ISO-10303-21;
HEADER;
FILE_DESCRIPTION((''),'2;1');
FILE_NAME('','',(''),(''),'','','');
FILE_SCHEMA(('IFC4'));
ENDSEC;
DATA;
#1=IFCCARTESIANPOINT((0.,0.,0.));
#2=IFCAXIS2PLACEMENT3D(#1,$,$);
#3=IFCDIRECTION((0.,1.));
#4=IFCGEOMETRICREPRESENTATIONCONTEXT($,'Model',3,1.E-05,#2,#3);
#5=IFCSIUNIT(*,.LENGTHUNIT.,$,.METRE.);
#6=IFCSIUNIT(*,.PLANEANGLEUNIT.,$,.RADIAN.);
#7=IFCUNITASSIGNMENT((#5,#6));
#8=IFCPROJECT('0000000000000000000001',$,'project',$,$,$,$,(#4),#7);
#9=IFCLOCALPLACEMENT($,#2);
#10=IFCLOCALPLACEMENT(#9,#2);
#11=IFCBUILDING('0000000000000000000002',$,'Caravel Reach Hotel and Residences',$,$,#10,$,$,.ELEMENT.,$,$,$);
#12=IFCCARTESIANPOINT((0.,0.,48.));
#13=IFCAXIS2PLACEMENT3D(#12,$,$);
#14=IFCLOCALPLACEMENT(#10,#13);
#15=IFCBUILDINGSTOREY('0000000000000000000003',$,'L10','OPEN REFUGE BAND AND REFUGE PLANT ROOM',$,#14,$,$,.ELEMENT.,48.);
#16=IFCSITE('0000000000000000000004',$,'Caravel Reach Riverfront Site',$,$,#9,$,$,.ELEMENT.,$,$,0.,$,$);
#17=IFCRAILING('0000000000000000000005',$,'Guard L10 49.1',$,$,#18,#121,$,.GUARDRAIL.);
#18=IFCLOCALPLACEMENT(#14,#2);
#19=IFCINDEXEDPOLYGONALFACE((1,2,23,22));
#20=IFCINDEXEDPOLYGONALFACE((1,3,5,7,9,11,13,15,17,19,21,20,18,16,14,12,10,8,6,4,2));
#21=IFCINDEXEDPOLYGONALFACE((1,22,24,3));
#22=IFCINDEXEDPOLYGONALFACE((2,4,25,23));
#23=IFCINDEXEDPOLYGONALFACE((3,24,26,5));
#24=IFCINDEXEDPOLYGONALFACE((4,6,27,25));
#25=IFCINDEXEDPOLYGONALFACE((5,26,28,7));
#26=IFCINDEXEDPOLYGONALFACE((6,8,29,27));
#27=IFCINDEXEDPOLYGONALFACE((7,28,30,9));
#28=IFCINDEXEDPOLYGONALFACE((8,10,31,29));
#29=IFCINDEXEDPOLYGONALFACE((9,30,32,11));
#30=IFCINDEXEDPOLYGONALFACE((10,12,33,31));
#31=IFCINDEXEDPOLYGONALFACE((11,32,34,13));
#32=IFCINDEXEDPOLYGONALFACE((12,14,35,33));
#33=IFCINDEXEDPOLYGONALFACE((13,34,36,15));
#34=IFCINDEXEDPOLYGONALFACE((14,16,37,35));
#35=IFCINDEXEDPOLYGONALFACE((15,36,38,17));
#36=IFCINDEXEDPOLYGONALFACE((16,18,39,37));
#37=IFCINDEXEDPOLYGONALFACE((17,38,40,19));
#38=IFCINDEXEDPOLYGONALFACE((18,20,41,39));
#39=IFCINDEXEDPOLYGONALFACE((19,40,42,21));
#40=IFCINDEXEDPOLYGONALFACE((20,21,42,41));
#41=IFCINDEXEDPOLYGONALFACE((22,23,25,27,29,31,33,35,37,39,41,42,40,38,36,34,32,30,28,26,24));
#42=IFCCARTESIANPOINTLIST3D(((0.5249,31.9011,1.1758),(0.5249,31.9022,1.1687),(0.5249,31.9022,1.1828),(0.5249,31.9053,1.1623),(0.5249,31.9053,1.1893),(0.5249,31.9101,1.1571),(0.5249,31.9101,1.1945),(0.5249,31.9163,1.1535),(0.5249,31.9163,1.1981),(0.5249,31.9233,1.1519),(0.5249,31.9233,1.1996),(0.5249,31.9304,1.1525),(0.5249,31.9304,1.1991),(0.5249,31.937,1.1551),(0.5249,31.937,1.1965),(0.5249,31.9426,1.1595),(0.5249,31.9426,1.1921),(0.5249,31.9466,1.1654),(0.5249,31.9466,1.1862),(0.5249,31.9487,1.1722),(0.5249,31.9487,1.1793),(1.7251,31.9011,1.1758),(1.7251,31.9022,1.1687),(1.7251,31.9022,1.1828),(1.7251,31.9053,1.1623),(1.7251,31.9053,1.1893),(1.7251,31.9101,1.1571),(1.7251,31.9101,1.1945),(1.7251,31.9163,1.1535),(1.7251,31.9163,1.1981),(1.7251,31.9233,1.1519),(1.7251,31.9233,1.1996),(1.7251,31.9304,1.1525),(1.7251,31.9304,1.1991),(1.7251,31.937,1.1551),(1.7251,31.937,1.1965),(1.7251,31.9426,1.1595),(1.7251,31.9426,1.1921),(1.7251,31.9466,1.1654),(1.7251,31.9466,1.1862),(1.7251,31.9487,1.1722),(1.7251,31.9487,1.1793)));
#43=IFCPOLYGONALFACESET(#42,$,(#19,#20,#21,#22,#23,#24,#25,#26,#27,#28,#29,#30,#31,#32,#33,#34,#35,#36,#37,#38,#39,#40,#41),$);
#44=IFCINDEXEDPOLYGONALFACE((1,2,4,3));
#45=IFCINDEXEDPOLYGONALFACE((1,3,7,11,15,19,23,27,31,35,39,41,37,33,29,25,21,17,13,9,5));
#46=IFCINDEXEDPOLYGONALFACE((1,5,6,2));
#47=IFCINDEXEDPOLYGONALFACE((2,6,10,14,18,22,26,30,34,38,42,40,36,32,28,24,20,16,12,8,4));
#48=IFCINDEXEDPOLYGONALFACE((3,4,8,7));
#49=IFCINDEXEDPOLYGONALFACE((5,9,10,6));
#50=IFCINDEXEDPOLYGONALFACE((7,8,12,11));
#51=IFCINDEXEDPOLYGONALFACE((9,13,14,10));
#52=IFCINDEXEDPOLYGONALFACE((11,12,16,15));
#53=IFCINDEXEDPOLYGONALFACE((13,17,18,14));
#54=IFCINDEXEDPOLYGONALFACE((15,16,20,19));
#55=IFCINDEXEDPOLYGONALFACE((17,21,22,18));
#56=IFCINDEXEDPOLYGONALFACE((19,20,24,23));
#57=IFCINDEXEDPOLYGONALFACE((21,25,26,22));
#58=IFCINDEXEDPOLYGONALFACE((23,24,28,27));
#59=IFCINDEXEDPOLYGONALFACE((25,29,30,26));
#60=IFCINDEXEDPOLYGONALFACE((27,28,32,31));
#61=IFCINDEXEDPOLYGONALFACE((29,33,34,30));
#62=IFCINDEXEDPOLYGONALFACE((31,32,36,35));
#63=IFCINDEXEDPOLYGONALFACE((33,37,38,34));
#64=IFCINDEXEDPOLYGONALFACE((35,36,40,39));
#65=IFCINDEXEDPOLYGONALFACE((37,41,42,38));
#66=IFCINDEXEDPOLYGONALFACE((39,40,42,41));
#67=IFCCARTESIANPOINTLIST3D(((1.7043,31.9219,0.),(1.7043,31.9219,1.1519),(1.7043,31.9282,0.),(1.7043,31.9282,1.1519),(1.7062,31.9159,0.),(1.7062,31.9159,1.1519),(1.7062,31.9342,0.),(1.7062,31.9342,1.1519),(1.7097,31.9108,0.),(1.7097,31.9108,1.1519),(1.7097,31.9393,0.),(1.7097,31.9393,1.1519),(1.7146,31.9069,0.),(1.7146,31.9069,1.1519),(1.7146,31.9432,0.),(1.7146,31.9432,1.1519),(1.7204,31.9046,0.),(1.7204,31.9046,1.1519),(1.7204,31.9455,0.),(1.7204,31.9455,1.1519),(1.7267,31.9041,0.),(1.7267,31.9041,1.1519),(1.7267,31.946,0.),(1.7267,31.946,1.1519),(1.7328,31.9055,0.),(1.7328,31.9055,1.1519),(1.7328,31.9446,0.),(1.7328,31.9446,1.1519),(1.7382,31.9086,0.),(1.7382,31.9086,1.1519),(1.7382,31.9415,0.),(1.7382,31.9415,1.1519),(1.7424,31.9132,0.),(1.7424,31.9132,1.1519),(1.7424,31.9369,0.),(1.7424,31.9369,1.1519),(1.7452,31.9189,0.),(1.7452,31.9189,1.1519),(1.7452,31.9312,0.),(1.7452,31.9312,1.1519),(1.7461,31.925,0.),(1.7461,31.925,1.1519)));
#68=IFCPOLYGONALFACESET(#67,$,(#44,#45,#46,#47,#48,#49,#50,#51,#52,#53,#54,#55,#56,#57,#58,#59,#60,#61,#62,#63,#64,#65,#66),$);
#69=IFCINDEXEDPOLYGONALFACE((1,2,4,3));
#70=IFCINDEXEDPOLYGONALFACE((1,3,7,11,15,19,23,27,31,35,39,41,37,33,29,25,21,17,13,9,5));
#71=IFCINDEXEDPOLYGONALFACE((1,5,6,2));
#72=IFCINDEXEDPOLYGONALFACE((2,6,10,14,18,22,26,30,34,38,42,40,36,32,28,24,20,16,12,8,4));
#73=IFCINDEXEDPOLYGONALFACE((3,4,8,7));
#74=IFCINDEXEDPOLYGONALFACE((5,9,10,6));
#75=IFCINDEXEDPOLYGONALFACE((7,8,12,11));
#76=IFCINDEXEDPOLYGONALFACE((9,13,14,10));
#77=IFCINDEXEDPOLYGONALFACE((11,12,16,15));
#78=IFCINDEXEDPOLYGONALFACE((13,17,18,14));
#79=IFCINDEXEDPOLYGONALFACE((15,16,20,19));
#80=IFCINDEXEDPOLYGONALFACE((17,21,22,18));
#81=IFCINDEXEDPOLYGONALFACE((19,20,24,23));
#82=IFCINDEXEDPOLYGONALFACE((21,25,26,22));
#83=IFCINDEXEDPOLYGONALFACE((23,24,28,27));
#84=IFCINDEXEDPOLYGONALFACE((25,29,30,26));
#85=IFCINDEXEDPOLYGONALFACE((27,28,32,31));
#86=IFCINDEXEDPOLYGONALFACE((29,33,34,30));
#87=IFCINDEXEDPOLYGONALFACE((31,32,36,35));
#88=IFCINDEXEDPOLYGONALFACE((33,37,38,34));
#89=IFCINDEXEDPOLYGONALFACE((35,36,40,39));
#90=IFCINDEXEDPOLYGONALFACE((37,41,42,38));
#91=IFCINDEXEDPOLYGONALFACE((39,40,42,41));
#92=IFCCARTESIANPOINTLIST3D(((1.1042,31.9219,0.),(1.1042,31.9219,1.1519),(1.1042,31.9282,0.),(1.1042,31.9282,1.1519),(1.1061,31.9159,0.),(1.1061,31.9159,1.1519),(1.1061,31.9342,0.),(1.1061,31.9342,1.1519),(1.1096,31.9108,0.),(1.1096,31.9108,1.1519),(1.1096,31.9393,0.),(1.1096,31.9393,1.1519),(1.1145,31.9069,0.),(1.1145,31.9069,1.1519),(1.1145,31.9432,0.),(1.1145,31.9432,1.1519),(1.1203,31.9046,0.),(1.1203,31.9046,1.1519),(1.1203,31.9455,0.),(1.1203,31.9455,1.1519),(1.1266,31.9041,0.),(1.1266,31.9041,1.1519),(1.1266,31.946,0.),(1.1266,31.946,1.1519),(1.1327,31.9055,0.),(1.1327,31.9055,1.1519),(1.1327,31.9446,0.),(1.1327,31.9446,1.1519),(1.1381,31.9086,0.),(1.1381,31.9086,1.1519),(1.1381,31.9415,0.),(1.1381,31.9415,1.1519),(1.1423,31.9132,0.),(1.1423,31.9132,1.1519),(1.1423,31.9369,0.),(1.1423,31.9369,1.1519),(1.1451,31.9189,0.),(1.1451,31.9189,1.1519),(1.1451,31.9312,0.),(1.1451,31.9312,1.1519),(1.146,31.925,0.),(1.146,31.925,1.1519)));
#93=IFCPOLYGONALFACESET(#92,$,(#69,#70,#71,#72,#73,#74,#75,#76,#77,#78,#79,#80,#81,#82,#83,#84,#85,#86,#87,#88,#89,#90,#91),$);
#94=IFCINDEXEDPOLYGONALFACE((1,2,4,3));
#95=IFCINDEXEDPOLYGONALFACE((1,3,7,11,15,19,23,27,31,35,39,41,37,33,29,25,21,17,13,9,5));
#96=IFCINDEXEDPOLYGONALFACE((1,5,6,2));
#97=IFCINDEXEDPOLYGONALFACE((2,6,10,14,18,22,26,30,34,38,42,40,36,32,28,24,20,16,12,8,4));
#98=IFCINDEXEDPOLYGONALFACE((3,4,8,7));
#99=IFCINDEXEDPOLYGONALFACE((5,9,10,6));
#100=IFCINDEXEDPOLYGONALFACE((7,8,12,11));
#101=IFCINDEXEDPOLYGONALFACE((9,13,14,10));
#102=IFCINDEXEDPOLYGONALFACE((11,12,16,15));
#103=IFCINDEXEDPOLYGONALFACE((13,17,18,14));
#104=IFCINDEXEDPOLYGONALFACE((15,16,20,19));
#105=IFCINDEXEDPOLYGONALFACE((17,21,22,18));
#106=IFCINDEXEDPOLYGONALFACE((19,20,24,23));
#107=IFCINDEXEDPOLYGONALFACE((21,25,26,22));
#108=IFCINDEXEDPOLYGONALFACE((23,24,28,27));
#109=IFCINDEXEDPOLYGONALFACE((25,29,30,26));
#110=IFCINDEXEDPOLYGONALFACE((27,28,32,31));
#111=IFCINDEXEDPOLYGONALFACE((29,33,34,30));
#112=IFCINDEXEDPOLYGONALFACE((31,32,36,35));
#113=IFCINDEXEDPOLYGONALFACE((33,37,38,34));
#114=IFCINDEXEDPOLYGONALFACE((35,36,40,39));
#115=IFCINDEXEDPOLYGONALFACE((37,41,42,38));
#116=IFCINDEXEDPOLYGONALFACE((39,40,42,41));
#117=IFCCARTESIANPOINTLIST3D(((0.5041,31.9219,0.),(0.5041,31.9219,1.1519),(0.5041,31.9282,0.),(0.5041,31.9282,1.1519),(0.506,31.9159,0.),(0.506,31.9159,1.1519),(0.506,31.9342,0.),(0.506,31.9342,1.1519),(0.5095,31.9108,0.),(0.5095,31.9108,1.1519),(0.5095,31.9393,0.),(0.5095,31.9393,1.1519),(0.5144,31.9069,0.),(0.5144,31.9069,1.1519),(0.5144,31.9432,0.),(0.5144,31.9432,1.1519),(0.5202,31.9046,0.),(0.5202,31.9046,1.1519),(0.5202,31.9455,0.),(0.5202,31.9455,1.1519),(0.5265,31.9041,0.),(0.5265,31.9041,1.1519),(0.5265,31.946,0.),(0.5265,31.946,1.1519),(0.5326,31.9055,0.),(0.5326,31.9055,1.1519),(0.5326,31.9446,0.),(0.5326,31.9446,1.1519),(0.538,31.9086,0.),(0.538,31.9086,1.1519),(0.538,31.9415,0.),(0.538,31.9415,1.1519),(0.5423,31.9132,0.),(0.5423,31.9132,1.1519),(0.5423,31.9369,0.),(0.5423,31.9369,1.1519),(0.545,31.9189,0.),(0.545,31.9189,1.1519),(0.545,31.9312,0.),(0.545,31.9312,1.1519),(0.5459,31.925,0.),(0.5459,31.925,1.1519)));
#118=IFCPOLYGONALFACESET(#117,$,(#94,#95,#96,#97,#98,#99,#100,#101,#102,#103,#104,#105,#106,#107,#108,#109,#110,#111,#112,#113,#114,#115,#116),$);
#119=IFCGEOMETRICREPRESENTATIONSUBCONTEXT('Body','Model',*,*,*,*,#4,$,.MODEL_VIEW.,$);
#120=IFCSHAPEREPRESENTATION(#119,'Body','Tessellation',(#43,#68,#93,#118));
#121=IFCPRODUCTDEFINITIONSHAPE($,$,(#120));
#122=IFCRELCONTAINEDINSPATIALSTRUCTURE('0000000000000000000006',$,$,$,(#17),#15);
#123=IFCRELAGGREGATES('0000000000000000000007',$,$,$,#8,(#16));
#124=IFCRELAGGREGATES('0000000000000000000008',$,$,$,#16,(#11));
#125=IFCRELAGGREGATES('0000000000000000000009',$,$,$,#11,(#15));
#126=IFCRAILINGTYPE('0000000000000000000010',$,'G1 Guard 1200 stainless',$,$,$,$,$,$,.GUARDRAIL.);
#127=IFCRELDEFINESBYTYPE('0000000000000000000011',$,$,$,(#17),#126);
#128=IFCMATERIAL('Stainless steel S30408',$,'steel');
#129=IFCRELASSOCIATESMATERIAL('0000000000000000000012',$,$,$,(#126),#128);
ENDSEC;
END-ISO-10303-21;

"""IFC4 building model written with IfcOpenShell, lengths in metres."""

from ifc_helpers import new_model, si_unit, direction, frame, origin, origin_2d, place, context, subcontext, project, spatial, circle, extrude, material, type_object, element, save


model = new_model("IFC4")

# Units and contexts
model_context = context("Model", 3, precision=1e-05, world=origin(), true_north=direction((0.0, 1.0)))
body_context = subcontext(model_context, "Body", "Model", "MODEL_VIEW")
ifc_project = project(units=[si_unit("LENGTHUNIT", "METRE"), si_unit("PLANEANGLEUNIT", "RADIAN")], contexts=[model_context])

# Site, building, storey
site_placement = place(None, origin())
site = spatial("IfcSite", under=ifc_project, at=site_placement, Name="Caravel Reach Riverfront Site", CompositionType="ELEMENT", RefElevation=0.0)
building_placement = place(site_placement, origin())
building = spatial("IfcBuilding", under=site, at=building_placement, Name="Caravel Reach Hotel and Residences", CompositionType="ELEMENT")
storey_placement = place(building_placement, frame((0.0, 0.0, 48.0)))
storey = spatial("IfcBuildingStorey", under=building, at=storey_placement, Name="L10", Description="OPEN REFUGE BAND AND REFUGE PLANT ROOM", CompositionType="ELEMENT", Elevation=48.0)

# Railing
ifc_material_1 = material(Name="Stainless steel S30408", Category="steel")
railing_type = type_object("IfcRailingType", Name="G1 Guard 1200 stainless", PredefinedType="GUARDRAIL", material=ifc_material_1)
railing_1_placement = place(storey_placement, frame((1.7251, 31.925, 0.0)))
element("IfcRailing", 1, at=railing_1_placement, inside=storey, type_object=railing_type, Name="Guard L10 49.1", PredefinedType="GUARDRAIL", context=body_context, shape_type="SweptSolid", body=[
    extrude(circle(Radius=0.0239, at=origin_2d()), frame((0.0, 0.0, 1.1758), z_axis=(-1.0, 0.0, 0.0), x_axis=(0.0, -1.0, 0.0)), (0.0, 0.0, 1.0), 1.2002),
    extrude(circle(Radius=0.021, at=origin_2d()), origin(), (0.0, 0.0, 1.0), 1.1519),
    extrude(circle(Radius=0.021, at=origin_2d()), frame((-0.6001, 0.0, 0.0)), (0.0, 0.0, 1.0), 1.1519),
    extrude(circle(Radius=0.021, at=origin_2d()), frame((-1.2002, 0.0, 0.0)), (0.0, 0.0, 1.0), 1.1519),
])

save(model, "model.ifc")
